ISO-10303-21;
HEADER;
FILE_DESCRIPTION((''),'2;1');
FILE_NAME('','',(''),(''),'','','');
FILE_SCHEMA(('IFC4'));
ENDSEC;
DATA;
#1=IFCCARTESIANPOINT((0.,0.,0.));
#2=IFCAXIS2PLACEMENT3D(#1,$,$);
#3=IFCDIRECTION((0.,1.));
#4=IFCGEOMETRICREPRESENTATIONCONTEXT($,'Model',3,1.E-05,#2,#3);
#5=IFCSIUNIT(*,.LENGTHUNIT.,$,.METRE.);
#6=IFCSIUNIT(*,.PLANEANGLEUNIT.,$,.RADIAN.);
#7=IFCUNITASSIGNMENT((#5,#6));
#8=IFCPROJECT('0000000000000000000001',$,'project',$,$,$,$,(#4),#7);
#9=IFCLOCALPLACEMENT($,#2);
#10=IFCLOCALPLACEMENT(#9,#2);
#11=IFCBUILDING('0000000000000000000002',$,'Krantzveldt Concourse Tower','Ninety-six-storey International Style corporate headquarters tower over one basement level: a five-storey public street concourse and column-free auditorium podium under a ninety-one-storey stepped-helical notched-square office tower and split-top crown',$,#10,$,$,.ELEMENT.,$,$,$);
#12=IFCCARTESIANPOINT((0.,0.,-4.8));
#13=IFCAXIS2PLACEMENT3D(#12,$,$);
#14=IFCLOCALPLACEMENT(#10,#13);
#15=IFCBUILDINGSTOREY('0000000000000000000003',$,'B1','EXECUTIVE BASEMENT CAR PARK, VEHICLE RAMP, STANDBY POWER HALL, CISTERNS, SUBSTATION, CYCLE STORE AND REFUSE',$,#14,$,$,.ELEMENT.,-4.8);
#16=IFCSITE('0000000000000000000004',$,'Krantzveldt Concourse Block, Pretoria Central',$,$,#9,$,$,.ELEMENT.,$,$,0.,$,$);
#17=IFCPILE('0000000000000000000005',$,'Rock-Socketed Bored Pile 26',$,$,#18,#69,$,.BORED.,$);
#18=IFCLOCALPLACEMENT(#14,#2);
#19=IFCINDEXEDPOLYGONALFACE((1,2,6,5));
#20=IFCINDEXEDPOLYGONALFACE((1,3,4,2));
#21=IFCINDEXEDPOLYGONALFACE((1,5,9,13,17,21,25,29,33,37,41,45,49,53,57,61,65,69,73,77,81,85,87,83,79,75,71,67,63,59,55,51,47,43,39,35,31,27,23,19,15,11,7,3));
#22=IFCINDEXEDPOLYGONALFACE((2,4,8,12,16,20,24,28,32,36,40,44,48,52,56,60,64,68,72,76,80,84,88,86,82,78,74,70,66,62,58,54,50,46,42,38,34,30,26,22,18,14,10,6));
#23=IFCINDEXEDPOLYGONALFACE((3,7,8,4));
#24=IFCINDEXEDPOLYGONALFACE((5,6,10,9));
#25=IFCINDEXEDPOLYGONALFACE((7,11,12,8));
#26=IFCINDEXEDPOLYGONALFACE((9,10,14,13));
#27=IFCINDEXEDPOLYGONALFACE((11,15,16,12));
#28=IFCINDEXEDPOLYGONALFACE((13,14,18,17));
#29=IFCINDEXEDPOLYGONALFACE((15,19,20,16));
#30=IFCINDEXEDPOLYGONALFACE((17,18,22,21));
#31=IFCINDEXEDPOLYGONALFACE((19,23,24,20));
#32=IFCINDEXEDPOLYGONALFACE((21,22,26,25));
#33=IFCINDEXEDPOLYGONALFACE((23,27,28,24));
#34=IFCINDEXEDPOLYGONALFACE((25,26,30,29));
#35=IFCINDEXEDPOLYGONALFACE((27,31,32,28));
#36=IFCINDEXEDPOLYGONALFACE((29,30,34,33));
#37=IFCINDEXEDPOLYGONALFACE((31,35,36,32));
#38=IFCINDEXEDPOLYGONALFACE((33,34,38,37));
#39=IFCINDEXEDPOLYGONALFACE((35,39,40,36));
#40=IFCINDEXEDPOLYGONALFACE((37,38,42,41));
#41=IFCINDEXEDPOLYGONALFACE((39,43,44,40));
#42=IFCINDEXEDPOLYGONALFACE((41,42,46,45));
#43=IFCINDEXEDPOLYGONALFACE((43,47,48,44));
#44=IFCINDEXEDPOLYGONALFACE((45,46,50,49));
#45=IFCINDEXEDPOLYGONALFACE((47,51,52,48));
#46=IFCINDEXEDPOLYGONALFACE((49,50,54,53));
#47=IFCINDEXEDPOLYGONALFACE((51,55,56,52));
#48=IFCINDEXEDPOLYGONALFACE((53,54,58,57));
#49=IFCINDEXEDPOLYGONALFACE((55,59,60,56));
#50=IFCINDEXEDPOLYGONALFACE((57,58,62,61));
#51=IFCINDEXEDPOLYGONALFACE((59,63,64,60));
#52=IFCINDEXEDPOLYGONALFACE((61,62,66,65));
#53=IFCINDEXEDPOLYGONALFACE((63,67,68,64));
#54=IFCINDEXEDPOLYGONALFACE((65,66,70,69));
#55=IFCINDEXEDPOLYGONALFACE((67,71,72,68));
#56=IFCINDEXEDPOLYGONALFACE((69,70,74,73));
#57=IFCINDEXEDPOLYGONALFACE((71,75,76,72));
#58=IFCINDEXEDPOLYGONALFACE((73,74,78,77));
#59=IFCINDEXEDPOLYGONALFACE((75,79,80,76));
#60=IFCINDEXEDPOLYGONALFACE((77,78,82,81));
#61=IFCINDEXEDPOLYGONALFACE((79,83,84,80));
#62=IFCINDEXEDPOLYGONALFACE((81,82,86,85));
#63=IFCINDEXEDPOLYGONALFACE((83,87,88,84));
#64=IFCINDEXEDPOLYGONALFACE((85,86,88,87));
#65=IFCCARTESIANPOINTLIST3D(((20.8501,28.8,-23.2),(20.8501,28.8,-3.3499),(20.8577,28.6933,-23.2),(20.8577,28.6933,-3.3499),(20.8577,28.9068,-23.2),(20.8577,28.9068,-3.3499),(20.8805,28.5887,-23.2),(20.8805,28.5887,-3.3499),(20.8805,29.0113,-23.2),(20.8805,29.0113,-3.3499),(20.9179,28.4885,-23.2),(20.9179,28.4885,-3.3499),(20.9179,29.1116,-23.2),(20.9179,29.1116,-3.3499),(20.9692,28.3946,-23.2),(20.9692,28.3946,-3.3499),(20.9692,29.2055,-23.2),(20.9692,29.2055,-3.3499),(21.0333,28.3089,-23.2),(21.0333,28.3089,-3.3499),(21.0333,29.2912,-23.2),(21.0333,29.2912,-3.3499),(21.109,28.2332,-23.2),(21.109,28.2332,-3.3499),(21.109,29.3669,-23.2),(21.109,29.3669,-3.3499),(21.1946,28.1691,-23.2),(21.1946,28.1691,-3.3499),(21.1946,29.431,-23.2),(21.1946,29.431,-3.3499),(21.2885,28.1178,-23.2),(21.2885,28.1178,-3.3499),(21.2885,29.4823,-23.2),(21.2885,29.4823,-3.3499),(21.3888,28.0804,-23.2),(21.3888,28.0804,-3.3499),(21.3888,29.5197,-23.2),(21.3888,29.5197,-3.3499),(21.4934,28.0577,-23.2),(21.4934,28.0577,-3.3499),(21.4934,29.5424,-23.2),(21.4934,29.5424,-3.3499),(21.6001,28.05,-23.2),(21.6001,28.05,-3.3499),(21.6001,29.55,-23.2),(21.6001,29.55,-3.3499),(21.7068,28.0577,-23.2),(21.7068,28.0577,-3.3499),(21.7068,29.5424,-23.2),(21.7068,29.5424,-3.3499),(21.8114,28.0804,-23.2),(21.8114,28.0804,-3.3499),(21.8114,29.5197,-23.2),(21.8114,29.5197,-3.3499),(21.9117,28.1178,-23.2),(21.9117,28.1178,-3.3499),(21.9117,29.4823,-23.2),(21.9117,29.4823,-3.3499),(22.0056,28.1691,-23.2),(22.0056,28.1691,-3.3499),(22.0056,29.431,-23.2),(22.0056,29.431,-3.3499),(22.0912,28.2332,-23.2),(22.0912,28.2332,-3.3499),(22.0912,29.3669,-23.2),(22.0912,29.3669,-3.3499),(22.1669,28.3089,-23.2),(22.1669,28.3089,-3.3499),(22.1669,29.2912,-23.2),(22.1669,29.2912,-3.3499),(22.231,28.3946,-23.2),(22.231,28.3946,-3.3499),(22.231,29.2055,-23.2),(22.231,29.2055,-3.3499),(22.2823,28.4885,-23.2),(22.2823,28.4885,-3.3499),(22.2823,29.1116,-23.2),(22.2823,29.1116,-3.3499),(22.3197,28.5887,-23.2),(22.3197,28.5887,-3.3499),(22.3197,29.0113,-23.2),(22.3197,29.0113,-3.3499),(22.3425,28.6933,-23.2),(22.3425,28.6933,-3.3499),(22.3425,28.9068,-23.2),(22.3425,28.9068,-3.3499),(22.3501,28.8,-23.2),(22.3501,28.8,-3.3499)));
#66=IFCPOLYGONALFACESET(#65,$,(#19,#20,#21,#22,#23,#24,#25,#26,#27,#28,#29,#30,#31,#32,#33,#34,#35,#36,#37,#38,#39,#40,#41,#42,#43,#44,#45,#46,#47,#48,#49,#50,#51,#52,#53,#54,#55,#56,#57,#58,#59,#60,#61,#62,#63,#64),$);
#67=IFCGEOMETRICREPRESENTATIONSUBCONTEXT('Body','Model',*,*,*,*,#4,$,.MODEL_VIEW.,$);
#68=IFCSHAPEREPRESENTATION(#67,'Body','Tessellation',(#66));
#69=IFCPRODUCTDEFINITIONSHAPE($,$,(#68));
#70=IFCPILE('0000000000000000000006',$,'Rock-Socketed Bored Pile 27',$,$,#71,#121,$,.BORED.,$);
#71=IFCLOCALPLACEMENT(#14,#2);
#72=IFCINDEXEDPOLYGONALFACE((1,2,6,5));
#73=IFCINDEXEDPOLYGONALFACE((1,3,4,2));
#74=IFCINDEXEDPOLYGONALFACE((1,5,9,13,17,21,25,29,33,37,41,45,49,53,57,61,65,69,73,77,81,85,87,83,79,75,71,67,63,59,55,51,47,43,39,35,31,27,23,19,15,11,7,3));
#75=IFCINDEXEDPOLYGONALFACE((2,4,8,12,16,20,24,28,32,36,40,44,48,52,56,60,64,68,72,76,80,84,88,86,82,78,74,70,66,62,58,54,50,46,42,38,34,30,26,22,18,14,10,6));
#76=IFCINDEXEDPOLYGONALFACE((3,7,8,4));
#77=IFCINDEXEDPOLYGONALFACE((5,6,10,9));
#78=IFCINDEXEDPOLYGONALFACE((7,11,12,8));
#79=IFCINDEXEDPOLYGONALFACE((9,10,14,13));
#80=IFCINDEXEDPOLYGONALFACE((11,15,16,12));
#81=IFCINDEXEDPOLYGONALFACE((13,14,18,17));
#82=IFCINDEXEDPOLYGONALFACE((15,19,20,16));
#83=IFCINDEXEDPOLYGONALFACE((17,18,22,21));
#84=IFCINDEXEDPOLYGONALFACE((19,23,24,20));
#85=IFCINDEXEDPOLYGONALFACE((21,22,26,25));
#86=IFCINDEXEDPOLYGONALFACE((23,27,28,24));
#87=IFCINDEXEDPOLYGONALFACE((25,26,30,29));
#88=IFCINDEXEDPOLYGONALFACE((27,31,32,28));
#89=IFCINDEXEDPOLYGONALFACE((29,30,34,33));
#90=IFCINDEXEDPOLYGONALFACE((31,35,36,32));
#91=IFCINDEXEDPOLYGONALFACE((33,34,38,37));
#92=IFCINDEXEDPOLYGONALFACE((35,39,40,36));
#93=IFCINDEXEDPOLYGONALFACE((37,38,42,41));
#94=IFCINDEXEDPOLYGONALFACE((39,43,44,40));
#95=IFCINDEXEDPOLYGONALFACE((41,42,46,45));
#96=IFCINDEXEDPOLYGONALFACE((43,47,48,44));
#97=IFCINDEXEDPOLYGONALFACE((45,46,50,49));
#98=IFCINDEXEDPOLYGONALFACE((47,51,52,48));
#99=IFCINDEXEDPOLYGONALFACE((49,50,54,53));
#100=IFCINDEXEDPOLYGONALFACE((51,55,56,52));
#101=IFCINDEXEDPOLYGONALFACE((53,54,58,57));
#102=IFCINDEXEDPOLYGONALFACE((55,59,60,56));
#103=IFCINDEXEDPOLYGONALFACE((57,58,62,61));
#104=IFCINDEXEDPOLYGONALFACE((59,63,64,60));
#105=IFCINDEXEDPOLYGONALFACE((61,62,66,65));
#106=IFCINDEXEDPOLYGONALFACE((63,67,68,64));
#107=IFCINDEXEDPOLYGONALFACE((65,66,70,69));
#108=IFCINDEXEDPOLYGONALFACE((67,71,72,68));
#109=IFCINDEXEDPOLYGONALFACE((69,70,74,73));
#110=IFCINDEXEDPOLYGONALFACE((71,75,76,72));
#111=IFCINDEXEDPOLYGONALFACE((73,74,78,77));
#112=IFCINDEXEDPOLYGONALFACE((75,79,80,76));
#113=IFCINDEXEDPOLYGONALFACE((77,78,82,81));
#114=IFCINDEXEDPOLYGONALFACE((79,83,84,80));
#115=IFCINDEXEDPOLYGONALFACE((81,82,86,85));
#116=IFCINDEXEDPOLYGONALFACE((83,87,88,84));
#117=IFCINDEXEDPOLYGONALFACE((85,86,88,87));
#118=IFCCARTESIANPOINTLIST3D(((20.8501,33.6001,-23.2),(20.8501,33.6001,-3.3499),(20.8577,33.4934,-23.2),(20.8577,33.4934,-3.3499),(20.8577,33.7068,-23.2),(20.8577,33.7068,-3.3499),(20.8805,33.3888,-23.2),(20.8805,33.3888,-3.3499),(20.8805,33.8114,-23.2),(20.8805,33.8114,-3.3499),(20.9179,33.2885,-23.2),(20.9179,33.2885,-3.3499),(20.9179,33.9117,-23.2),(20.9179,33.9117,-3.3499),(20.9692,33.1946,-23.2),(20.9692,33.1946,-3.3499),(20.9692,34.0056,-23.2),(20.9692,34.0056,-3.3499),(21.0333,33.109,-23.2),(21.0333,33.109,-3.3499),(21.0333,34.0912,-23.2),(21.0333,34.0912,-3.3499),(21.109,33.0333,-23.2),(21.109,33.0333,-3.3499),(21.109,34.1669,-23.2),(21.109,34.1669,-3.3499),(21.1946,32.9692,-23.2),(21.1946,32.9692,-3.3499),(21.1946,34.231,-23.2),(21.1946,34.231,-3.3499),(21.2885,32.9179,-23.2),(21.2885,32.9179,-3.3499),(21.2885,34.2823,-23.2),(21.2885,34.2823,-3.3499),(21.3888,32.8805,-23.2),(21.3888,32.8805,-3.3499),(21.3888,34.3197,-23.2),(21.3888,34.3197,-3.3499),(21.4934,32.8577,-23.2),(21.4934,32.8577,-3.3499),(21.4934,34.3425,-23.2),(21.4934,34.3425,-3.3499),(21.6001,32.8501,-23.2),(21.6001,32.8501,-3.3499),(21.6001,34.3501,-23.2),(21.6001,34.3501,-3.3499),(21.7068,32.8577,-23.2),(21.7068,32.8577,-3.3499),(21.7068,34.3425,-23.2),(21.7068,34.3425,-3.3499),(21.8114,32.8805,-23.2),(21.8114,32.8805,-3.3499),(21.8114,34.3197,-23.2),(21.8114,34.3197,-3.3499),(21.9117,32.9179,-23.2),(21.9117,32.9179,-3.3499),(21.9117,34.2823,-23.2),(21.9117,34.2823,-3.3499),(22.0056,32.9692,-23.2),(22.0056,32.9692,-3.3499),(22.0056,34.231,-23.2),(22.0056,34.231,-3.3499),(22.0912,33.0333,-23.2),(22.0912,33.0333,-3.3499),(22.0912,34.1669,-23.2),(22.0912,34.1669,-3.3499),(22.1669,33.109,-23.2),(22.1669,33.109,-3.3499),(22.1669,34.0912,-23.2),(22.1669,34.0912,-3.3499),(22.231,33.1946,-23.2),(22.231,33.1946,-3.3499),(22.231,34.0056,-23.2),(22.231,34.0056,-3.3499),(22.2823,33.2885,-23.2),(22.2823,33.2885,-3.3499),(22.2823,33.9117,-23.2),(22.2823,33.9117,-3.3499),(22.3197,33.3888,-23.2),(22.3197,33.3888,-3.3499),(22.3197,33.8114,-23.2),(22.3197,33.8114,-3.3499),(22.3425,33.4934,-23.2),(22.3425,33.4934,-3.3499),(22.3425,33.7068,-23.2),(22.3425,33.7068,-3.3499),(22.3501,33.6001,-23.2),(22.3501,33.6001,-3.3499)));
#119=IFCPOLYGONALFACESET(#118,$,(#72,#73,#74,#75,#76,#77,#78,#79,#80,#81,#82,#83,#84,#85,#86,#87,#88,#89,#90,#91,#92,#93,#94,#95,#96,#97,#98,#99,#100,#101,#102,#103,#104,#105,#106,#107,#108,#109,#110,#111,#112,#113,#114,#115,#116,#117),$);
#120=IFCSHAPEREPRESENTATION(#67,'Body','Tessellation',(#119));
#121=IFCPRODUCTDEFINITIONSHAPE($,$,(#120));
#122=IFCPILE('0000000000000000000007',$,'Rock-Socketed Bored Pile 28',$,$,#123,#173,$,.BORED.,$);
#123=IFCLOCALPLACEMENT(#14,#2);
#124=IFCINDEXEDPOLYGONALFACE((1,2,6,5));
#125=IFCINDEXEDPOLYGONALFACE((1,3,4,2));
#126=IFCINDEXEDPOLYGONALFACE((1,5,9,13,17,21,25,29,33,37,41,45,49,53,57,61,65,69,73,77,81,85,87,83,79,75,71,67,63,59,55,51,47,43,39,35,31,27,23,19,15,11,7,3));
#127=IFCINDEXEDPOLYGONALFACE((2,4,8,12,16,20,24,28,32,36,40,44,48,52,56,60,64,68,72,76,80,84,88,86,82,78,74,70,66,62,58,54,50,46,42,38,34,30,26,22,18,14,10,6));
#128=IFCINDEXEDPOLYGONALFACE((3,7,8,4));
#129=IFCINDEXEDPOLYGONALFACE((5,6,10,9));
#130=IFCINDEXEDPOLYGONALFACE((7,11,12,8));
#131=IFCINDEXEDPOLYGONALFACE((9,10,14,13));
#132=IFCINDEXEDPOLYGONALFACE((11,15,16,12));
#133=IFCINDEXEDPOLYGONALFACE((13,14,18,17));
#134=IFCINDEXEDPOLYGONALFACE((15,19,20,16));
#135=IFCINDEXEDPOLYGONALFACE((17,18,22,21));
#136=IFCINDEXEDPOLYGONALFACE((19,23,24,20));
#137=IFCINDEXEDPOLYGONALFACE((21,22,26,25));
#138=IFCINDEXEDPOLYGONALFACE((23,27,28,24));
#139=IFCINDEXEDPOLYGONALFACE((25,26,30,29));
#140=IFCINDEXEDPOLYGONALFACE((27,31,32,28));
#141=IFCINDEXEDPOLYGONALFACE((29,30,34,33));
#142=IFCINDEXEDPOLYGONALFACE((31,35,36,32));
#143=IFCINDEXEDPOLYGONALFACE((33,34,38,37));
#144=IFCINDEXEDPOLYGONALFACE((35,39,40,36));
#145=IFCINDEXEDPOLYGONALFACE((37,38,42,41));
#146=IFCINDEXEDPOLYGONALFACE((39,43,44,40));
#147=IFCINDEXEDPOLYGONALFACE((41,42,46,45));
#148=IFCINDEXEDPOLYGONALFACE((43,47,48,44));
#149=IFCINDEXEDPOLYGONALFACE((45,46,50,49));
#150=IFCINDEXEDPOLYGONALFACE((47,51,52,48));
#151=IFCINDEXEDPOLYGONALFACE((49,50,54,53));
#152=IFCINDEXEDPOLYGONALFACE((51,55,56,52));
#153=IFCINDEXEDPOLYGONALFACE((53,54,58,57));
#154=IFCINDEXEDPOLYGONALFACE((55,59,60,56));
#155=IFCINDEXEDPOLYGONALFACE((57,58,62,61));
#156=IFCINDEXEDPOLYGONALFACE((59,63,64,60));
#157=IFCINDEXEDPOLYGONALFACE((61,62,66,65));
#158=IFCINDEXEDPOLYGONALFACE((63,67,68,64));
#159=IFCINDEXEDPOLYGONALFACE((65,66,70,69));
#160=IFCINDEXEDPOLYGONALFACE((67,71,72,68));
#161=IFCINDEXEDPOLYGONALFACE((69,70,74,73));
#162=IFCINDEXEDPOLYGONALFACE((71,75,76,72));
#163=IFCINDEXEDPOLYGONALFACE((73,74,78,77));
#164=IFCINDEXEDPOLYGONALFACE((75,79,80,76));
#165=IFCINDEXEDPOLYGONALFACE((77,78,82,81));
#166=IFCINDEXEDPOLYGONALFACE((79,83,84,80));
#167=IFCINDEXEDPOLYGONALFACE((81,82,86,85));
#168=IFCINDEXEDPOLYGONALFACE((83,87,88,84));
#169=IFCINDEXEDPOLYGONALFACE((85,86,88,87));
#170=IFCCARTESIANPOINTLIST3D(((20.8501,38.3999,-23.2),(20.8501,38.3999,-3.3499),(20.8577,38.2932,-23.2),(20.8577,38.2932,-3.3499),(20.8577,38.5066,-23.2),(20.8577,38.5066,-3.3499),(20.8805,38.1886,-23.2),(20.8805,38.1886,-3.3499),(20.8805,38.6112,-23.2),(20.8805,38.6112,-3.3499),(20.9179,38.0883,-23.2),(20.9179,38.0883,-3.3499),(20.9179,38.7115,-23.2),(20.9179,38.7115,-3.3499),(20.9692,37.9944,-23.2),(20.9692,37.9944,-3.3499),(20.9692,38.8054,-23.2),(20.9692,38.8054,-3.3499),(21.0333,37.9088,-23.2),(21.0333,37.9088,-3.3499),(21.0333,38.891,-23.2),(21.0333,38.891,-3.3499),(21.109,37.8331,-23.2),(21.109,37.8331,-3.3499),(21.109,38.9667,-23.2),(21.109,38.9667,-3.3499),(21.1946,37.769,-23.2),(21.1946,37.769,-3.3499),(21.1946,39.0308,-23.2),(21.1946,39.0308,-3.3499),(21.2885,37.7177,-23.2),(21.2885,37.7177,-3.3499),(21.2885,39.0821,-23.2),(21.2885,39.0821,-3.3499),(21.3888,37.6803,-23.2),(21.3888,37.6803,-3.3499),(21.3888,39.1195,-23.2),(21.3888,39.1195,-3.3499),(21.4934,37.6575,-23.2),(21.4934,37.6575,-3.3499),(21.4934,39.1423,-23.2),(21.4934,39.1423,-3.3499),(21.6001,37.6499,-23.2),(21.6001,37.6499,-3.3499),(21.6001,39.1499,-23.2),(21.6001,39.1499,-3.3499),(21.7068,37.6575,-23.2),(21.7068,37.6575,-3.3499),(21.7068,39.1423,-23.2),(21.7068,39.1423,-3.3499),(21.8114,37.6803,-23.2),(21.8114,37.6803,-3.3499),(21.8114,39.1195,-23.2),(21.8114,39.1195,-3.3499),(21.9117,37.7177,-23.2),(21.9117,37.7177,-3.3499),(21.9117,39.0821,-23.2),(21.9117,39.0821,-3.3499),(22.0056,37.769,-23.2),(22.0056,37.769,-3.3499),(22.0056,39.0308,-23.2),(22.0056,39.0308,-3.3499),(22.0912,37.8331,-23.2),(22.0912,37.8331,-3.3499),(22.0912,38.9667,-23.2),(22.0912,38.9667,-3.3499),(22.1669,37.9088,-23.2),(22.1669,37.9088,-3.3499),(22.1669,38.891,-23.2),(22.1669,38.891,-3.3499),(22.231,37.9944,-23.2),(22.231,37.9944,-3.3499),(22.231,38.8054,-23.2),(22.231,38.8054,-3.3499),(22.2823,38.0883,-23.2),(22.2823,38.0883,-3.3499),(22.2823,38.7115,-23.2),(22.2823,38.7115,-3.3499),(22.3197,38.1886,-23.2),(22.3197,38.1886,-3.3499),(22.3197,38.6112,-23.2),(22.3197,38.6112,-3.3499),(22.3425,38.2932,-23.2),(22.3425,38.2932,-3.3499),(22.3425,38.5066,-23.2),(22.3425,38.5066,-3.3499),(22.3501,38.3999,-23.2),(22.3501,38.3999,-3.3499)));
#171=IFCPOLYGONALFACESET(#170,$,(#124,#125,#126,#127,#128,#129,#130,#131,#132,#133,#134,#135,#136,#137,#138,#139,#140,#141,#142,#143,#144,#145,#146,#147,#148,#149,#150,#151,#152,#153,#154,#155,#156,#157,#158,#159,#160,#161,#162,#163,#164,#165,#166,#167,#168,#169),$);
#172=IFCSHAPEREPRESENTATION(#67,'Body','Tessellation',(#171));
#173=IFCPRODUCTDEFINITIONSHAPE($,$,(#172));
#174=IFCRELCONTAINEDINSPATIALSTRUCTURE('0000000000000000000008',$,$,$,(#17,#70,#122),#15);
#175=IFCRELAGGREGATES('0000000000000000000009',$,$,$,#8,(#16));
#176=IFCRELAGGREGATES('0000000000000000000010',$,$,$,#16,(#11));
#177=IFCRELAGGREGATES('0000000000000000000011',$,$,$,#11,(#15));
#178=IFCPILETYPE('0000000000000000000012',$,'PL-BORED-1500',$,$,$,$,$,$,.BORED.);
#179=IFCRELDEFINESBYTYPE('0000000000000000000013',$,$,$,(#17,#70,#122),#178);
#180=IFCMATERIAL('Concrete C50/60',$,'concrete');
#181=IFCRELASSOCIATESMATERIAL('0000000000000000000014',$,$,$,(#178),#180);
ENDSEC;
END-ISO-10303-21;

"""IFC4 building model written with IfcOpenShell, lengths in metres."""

from ifc_helpers import new_model, si_unit, direction, frame, origin, origin_2d, place, context, subcontext, project, spatial, circle, extrude, source, transform, mapped, material, material_profile, profile_set, type_object, type_shapes, element, save


model = new_model("IFC4")

# Units and contexts
model_context = context("Model", 3, precision=1e-05, world=origin(), true_north=direction((0.0, 1.0)))
body_context = subcontext(model_context, "Body", "Model", "MODEL_VIEW")
ifc_project = project(units=[si_unit("LENGTHUNIT", "METRE"), si_unit("PLANEANGLEUNIT", "RADIAN")], contexts=[model_context])

# Site, building, storey
site_placement = place(None, origin())
site = spatial("IfcSite", under=ifc_project, at=site_placement, Name="Krantzveldt Concourse Block, Pretoria Central", CompositionType="ELEMENT", RefElevation=0.0)
building_placement = place(site_placement, origin())
building = spatial("IfcBuilding", under=site, at=building_placement, Name="Krantzveldt Concourse Tower", Description="Ninety-six-storey International Style corporate headquarters tower over one basement level: a five-storey public street concourse and column-free auditorium podium under a ninety-one-storey stepped-helical notched-square office tower and split-top crown", CompositionType="ELEMENT")
storey_placement = place(building_placement, frame((0.0, 0.0, -4.8)))
storey = spatial("IfcBuildingStorey", under=building, at=storey_placement, Name="B1", Description="EXECUTIVE BASEMENT CAR PARK, VEHICLE RAMP, STANDBY POWER HALL, CISTERNS, SUBSTATION, CYCLE STORE AND REFUSE", CompositionType="ELEMENT", Elevation=-4.8)

# Piles
ifc_material_1 = material(Name="Concrete C50/60", Category="concrete")
ifc_material_profile_1 = material_profile(ifc_material_1, circle(Radius=0.75, at=origin_2d()), Name="Concrete C50/60", Category="concrete")
ifc_profile_set_1 = profile_set([ifc_material_profile_1], Name="Concrete C50/60 - PILE D1500")
pile_type_1 = type_object("IfcPileType", Name="PL-BORED-1500", PredefinedType="BORED", material=ifc_profile_set_1)
shared_shape_1 = source(origin(), body_context, "Body", "SweptSolid", [
    extrude(circle(Radius=0.75, at=origin_2d()), origin(), (0.0, 0.0, 1.0), 19.8501),
])
type_shapes(pile_type_1, [shared_shape_1])
for number, where, z_axis, x_axis, name in (
    (1, (21.6001, 28.8, -3.3499), (0.0, 0.0, -1.0), (1.0, 0.0, 0.0), "Rock-Socketed Bored Pile 26"),
    (2, (21.6001, 33.6001, -3.3499), (0.0, 0.0, -1.0), (1.0, 0.0, 0.0), "Rock-Socketed Bored Pile 27"),
    (3, (21.6001, 38.3999, -3.3499), (0.0, 0.0, -1.0), (1.0, 0.0, 0.0), "Rock-Socketed Bored Pile 28"),
):
    element("IfcPile", number, at=place(storey_placement, frame(where, z_axis=z_axis, x_axis=x_axis)), inside=storey, type_object=pile_type_1, Name=name, PredefinedType="BORED", context=body_context, shape_type="MappedRepresentation", body=[
        mapped(shared_shape_1, transform((0.0, 0.0, 0.0), x_axis=(1.0, 0.0, 0.0), y_axis=(0.0, 1.0, 0.0), z_axis=(0.0, 0.0, 1.0), scale=1.0)),
    ])

save(model, "model.ifc")
